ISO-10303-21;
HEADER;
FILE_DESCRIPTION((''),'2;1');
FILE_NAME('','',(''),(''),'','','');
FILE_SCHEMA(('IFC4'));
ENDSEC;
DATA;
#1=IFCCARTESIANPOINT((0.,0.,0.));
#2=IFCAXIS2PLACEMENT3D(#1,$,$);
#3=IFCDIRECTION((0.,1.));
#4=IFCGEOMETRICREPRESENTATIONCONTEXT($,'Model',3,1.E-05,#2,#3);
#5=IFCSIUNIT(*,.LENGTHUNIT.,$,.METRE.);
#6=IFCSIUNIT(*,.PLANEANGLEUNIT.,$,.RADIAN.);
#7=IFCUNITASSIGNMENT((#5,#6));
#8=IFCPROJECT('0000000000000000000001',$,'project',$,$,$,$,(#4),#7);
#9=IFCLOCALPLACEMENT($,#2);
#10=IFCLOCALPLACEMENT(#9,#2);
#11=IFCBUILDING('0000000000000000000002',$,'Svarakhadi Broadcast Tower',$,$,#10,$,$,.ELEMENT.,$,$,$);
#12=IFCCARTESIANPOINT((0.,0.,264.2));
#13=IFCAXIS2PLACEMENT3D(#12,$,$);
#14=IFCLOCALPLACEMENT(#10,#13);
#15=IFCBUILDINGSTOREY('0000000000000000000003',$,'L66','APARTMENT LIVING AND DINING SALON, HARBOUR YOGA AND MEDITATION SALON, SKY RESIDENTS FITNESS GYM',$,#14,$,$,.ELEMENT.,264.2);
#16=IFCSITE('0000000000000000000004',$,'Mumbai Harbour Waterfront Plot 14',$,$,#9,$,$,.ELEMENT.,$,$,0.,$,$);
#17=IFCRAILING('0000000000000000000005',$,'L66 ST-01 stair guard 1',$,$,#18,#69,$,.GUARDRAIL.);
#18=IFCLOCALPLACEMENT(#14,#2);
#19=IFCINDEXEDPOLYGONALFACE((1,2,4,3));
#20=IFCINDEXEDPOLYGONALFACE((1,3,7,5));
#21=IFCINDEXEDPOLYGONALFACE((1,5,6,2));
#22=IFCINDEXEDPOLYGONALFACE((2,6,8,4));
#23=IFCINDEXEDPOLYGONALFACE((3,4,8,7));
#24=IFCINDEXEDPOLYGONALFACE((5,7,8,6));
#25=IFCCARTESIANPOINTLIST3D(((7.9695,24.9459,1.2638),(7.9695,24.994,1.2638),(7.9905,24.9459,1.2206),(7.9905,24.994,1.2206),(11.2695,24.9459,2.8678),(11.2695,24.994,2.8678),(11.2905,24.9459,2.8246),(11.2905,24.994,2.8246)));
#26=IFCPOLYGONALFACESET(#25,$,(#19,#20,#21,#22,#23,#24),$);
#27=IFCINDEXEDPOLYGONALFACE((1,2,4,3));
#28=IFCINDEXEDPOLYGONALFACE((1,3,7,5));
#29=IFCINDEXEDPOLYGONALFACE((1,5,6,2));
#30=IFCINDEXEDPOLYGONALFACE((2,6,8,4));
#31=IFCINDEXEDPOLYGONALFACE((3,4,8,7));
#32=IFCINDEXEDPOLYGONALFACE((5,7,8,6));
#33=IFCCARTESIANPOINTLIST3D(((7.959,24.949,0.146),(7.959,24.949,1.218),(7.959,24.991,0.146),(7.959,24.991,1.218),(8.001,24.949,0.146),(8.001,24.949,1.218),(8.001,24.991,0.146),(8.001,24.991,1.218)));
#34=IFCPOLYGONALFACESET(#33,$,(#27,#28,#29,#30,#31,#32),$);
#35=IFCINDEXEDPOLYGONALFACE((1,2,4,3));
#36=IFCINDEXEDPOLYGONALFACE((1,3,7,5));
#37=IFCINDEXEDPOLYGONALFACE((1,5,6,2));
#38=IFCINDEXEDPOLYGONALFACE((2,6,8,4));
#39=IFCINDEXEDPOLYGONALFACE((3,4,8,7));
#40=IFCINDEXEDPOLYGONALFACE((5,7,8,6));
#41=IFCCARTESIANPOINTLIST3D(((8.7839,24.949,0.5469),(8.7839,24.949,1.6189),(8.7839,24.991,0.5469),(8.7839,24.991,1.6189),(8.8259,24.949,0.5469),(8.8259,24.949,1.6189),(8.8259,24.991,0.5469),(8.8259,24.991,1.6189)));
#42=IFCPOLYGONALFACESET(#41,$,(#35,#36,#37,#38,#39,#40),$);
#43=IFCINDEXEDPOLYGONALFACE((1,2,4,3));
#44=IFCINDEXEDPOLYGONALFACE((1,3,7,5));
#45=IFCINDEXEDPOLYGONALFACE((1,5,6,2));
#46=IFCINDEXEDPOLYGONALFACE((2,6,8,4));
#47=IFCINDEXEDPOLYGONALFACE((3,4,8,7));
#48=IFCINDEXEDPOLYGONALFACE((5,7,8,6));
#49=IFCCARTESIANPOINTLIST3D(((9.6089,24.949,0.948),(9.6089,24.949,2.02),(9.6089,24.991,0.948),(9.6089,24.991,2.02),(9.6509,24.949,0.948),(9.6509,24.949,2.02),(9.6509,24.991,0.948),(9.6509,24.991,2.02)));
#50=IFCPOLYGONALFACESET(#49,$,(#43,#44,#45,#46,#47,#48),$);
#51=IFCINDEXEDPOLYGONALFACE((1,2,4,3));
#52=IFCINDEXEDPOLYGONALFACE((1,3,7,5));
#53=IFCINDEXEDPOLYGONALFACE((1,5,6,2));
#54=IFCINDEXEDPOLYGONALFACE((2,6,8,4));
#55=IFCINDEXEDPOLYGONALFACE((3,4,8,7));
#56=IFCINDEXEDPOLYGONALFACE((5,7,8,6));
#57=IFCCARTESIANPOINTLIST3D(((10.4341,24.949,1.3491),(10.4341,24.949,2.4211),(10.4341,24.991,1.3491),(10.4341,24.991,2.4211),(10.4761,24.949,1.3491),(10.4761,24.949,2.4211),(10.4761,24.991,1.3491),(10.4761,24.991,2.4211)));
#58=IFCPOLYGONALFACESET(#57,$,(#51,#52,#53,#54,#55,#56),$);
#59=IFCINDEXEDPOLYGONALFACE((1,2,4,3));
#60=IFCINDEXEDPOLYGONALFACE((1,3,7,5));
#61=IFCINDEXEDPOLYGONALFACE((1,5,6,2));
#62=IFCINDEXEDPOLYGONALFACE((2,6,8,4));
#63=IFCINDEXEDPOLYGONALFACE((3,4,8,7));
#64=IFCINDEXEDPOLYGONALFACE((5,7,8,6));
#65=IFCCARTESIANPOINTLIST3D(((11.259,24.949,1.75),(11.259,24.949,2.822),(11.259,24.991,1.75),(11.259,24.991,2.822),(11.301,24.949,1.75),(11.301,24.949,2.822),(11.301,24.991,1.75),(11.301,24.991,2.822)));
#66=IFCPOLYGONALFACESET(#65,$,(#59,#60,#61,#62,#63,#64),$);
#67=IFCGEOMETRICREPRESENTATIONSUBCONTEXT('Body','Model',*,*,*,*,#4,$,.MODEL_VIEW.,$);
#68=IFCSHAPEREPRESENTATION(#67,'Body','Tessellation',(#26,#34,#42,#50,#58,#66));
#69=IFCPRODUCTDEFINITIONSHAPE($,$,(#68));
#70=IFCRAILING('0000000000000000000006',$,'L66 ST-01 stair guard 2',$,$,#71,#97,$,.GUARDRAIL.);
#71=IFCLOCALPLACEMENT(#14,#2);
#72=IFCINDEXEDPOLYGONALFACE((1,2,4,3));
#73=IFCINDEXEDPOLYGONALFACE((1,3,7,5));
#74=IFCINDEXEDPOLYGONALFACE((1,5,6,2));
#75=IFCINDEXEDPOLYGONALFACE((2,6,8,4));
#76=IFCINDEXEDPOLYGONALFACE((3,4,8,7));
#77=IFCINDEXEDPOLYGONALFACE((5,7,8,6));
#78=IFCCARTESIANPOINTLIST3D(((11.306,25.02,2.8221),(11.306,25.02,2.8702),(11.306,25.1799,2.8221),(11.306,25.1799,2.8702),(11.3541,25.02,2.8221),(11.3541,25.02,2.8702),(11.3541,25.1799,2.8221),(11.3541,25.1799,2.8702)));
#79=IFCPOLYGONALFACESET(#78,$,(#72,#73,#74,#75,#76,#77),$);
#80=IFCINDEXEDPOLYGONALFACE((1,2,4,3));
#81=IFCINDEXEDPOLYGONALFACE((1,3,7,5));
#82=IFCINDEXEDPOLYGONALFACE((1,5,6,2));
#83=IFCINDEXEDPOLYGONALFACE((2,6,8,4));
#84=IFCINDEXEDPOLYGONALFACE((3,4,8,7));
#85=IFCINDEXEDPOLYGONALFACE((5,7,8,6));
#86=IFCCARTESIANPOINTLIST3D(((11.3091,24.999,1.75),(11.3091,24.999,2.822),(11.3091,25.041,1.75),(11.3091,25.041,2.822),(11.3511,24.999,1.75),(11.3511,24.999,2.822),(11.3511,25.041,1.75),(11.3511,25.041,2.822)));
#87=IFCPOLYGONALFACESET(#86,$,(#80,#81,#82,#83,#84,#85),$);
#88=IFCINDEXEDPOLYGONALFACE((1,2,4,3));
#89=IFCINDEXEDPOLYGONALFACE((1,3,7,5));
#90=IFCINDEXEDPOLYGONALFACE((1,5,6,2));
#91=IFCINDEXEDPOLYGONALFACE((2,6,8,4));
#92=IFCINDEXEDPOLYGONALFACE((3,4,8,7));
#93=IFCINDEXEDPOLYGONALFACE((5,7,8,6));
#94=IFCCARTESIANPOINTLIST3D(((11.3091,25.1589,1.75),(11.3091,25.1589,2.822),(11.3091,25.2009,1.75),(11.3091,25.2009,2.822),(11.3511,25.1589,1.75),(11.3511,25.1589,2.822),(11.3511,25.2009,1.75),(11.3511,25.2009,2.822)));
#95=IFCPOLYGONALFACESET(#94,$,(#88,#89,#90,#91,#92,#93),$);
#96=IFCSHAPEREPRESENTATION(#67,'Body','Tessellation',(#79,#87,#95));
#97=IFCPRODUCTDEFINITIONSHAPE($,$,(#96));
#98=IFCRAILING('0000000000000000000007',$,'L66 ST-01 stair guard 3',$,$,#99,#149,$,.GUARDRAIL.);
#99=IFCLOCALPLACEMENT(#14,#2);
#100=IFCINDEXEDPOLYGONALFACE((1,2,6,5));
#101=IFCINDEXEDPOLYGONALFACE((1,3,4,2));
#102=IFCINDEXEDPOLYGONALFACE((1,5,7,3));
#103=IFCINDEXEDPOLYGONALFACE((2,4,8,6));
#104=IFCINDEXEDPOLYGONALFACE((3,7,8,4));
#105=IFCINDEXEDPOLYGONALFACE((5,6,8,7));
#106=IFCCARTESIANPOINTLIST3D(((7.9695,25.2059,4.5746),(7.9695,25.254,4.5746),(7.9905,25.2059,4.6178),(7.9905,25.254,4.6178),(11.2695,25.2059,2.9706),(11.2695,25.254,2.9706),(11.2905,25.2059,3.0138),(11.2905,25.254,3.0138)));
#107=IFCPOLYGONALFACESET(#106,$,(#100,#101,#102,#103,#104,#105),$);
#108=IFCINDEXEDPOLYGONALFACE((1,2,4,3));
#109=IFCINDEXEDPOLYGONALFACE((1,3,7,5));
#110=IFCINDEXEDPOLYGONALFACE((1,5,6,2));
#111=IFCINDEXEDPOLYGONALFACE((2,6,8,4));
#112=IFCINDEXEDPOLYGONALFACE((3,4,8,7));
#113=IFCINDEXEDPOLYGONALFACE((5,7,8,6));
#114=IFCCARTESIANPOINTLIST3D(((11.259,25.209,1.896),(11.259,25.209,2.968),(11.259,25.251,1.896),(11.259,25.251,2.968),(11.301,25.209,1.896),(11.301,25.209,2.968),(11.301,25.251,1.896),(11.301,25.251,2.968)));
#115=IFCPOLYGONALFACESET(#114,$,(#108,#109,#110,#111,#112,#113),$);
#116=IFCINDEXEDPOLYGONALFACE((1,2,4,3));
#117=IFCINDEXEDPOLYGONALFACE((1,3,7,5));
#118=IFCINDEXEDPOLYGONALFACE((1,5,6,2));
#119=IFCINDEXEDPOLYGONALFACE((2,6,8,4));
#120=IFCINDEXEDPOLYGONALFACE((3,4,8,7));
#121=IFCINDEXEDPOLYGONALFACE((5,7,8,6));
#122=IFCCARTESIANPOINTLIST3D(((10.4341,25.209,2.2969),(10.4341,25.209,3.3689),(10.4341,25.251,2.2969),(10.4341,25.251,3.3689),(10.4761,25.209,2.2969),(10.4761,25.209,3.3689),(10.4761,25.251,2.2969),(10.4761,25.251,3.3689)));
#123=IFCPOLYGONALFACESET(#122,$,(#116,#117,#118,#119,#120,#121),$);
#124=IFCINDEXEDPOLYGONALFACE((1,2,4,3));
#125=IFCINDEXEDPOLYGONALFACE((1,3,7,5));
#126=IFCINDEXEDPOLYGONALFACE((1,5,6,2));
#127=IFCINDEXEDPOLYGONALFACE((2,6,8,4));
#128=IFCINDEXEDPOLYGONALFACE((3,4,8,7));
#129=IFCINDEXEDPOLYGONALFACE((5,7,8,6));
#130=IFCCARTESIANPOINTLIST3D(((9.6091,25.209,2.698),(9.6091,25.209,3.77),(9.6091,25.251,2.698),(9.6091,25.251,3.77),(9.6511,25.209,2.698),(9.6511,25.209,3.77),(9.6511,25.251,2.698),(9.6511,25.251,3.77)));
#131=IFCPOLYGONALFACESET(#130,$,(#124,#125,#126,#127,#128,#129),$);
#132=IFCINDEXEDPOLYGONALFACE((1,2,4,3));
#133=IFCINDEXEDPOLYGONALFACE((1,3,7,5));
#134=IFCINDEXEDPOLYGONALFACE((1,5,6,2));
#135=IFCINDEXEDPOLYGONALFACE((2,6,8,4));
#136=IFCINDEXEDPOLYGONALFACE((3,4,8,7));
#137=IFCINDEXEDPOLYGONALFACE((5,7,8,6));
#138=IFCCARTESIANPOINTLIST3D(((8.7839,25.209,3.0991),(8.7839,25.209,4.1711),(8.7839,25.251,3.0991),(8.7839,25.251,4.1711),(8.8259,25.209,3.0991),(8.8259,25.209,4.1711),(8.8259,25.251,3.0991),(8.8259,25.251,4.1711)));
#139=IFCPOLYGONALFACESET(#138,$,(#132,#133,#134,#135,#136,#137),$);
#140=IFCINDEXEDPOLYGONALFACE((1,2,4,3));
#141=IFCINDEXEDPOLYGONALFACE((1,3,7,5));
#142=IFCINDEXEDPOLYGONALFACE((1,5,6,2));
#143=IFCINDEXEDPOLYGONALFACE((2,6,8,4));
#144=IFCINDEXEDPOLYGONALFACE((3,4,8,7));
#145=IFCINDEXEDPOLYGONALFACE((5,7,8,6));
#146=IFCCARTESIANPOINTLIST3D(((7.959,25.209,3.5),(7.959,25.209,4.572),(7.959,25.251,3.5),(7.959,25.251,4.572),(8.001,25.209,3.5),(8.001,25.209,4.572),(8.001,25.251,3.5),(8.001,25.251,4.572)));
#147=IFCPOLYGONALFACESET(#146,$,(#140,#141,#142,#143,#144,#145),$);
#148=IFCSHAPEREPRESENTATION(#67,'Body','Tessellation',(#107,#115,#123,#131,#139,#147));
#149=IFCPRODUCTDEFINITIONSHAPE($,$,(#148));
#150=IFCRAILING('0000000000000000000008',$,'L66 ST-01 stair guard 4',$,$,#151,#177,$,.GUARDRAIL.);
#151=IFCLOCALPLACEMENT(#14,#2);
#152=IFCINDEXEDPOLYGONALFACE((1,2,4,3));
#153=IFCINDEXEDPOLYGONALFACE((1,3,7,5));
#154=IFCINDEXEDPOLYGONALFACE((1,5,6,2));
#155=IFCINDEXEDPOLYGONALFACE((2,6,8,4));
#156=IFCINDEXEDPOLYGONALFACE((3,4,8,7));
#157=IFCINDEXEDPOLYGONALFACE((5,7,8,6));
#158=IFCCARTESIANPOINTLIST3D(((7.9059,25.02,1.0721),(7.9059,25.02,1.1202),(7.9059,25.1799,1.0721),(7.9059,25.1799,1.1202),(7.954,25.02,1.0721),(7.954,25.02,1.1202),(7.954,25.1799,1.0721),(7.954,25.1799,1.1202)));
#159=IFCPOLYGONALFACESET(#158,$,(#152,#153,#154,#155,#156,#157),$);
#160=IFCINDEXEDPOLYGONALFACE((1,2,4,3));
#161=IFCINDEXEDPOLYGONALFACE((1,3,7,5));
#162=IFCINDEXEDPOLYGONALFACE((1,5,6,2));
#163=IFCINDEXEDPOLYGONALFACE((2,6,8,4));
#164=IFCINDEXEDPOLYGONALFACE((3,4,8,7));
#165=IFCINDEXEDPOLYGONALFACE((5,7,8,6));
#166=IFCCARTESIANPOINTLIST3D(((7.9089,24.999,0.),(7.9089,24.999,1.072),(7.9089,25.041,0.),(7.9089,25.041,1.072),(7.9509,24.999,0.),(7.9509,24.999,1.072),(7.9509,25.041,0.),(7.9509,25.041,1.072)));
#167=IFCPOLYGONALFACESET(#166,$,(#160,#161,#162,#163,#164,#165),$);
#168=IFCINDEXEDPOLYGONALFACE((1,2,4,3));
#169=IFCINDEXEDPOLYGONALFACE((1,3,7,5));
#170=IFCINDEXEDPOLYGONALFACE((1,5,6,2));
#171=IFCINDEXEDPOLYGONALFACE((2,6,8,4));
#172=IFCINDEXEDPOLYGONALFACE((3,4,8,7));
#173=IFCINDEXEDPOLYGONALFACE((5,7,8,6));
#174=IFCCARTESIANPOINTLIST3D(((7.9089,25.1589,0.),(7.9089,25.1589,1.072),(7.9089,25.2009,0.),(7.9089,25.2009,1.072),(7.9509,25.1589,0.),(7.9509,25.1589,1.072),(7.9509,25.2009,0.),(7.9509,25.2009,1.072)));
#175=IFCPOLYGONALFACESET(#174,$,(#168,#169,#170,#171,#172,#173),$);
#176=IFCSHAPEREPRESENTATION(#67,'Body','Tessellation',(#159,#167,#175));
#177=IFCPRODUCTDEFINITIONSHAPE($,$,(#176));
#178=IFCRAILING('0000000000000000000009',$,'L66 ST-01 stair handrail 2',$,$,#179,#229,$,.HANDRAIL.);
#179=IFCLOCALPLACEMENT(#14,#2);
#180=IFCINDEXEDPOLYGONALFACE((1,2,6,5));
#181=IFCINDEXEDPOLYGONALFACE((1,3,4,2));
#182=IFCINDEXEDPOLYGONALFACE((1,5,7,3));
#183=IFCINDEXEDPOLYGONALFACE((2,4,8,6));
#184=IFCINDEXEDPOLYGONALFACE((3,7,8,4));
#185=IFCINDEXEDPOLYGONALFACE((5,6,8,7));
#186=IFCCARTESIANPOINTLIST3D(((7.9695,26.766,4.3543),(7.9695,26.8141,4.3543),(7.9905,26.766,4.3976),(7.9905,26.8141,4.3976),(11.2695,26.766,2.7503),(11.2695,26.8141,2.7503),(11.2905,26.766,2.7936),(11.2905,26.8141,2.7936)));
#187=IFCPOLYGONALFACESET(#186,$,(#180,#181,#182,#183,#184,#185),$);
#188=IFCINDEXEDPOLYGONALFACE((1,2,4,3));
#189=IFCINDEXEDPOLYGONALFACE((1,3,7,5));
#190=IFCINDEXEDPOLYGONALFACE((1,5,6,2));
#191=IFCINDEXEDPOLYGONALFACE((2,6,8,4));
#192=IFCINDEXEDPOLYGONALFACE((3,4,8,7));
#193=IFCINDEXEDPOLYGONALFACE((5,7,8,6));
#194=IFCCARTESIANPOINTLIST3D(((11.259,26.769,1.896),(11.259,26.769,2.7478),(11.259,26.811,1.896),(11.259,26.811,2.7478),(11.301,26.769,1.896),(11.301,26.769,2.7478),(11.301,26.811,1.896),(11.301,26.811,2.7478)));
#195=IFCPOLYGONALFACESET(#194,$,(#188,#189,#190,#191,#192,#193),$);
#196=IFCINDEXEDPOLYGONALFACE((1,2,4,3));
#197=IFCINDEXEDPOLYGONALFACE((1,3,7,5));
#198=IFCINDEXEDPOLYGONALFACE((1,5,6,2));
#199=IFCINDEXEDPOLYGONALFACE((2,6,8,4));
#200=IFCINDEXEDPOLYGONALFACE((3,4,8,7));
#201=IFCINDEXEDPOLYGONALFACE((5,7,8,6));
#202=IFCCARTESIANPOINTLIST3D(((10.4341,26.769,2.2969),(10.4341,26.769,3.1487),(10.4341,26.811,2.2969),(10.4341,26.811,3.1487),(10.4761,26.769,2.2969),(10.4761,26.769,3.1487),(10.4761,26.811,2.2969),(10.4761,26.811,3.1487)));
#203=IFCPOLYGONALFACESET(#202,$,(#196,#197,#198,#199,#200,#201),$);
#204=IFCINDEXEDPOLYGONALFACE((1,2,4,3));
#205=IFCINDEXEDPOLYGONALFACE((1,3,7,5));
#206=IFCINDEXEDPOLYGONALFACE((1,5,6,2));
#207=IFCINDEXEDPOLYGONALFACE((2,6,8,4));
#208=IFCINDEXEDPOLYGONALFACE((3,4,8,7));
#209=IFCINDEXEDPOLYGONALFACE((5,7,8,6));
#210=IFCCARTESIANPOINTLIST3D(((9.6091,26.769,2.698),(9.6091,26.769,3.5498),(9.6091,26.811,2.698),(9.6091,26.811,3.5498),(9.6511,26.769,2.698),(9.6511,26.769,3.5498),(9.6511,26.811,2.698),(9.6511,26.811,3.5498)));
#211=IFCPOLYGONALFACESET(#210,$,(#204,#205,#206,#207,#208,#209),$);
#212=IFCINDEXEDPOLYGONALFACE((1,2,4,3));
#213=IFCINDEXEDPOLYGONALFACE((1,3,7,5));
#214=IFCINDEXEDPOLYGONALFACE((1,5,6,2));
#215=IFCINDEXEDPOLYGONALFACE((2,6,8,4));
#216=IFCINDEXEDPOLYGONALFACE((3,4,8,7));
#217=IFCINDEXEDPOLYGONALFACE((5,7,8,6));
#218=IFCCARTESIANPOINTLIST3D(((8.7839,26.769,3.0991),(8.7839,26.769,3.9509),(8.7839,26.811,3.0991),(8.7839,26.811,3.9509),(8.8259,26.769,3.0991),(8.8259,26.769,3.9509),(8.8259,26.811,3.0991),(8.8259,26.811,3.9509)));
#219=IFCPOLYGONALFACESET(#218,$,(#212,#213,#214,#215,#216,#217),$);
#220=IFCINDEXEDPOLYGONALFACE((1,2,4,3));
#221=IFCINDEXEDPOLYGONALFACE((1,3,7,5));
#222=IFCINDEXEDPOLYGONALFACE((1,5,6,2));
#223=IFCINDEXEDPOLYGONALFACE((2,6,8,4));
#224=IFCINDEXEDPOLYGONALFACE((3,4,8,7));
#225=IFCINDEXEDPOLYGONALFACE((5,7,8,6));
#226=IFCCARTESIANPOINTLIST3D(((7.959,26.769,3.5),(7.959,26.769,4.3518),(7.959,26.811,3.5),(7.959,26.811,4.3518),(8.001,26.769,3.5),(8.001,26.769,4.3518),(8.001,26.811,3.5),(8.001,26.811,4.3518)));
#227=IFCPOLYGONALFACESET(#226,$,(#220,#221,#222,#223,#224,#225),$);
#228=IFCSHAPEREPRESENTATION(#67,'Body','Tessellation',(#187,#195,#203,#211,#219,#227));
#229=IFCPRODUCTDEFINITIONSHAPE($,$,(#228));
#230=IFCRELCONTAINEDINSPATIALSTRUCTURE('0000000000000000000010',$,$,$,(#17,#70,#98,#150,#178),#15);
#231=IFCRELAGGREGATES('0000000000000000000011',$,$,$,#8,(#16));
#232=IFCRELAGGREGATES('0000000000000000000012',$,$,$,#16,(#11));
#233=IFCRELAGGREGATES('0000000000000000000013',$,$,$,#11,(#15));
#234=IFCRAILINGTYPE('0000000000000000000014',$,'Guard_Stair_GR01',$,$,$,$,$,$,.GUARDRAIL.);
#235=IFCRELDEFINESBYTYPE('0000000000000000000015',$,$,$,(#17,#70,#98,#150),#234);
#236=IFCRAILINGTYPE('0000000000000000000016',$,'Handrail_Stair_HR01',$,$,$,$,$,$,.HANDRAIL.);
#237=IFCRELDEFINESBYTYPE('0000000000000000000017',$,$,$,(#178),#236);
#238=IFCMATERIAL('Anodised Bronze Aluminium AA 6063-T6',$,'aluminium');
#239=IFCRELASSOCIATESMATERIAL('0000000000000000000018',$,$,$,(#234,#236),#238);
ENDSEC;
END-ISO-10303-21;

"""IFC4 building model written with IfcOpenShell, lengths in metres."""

from ifc_helpers import new_model, si_unit, direction, frame, origin, origin_2d, place, context, subcontext, project, spatial, rectangle, extrude, material, type_object, element, save


model = new_model("IFC4")

# Units and contexts
model_context = context("Model", 3, precision=1e-05, world=origin(), true_north=direction((0.0, 1.0)))
body_context = subcontext(model_context, "Body", "Model", "MODEL_VIEW")
ifc_project = project(units=[si_unit("LENGTHUNIT", "METRE"), si_unit("PLANEANGLEUNIT", "RADIAN")], contexts=[model_context])

# Site, building, storey
site_placement = place(None, origin())
site = spatial("IfcSite", under=ifc_project, at=site_placement, Name="Mumbai Harbour Waterfront Plot 14", CompositionType="ELEMENT", RefElevation=0.0)
building_placement = place(site_placement, origin())
building = spatial("IfcBuilding", under=site, at=building_placement, Name="Svarakhadi Broadcast Tower", CompositionType="ELEMENT")
storey_placement = place(building_placement, frame((0.0, 0.0, 264.2)))
storey = spatial("IfcBuildingStorey", under=building, at=storey_placement, Name="L66", Description="APARTMENT LIVING AND DINING SALON, HARBOUR YOGA AND MEDITATION SALON, SKY RESIDENTS FITNESS GYM", CompositionType="ELEMENT", Elevation=264.2)

# Shared definitions
ifc_material_1 = material(Name="Anodised Bronze Aluminium AA 6063-T6", Category="aluminium")

# Railings
railing_type_1 = type_object("IfcRailingType", Name="Guard_Stair_GR01", PredefinedType="GUARDRAIL", material=ifc_material_1)
railing_1_placement = place(storey_placement, frame((7.98, 24.97, 0.146)))
element("IfcRailing", 1, at=railing_1_placement, inside=storey, type_object=railing_type_1, Name="L66 ST-01 stair guard 1", PredefinedType="GUARDRAIL", context=body_context, shape_type="SweptSolid", body=[
    extrude(rectangle(XDim=0.0481, YDim=0.0481, at=origin_2d()), frame((0.0, 0.0, 1.0962), z_axis=(0.899388, 0.0, 0.437152), x_axis=(0.0, 1.0, 0.0)), (0.0, 0.0, 1.0), 3.6692),
    extrude(rectangle(XDim=0.042, YDim=0.042, at=origin_2d()), origin(), (0.0, 0.0, 1.0), 1.072),
    extrude(rectangle(XDim=0.042, YDim=0.042, at=origin_2d()), frame((0.825, 0.0, 0.4009)), (0.0, 0.0, 1.0), 1.072),
    extrude(rectangle(XDim=0.042, YDim=0.042, at=origin_2d()), frame((1.6499, 0.0, 0.802)), (0.0, 0.0, 1.0), 1.072),
    extrude(rectangle(XDim=0.042, YDim=0.042, at=origin_2d()), frame((2.4751, 0.0, 1.2031)), (0.0, 0.0, 1.0), 1.072),
    extrude(rectangle(XDim=0.042, YDim=0.042, at=origin_2d()), frame((3.3, 0.0, 1.604)), (0.0, 0.0, 1.0), 1.072),
])
railing_2_placement = place(storey_placement, frame((11.3301, 25.02, 1.75)))
element("IfcRailing", 2, at=railing_2_placement, inside=storey, type_object=railing_type_1, Name="L66 ST-01 stair guard 2", PredefinedType="GUARDRAIL", context=body_context, shape_type="SweptSolid", body=[
    extrude(rectangle(XDim=0.0481, YDim=0.0481, at=origin_2d()), frame((0.0, 0.0, 1.0962), z_axis=(0.0, 1.0, 0.0), x_axis=(-1.0, 0.0, 0.0)), (0.0, 0.0, 1.0), 0.1599),
    extrude(rectangle(XDim=0.042, YDim=0.042, at=origin_2d()), origin(), (0.0, 0.0, 1.0), 1.072),
    extrude(rectangle(XDim=0.042, YDim=0.042, at=origin_2d()), frame((0.0, 0.1599, 0.0)), (0.0, 0.0, 1.0), 1.072),
])
railing_3_placement = place(storey_placement, frame((11.28, 25.23, 1.896)))
element("IfcRailing", 3, at=railing_3_placement, inside=storey, type_object=railing_type_1, Name="L66 ST-01 stair guard 3", PredefinedType="GUARDRAIL", context=body_context, shape_type="SweptSolid", body=[
    extrude(rectangle(XDim=0.0481, YDim=0.0481, at=origin_2d()), frame((0.0, 0.0, 1.0962), z_axis=(-0.899388, 0.0, 0.437152), x_axis=(0.0, -1.0, 0.0)), (0.0, 0.0, 1.0), 3.6692),
    extrude(rectangle(XDim=0.042, YDim=0.042, at=origin_2d()), origin(), (0.0, 0.0, 1.0), 1.072),
    extrude(rectangle(XDim=0.042, YDim=0.042, at=origin_2d()), frame((-0.825, 0.0, 0.4009)), (0.0, 0.0, 1.0), 1.072),
    extrude(rectangle(XDim=0.042, YDim=0.042, at=origin_2d()), frame((-1.6499, 0.0, 0.802)), (0.0, 0.0, 1.0), 1.072),
    extrude(rectangle(XDim=0.042, YDim=0.042, at=origin_2d()), frame((-2.4751, 0.0, 1.2031)), (0.0, 0.0, 1.0), 1.072),
    extrude(rectangle(XDim=0.042, YDim=0.042, at=origin_2d()), frame((-3.3, 0.0, 1.604)), (0.0, 0.0, 1.0), 1.072),
])
railing_4_placement = place(storey_placement, frame((7.9299, 25.02, 0.0)))
element("IfcRailing", 4, at=railing_4_placement, inside=storey, type_object=railing_type_1, Name="L66 ST-01 stair guard 4", PredefinedType="GUARDRAIL", context=body_context, shape_type="SweptSolid", body=[
    extrude(rectangle(XDim=0.0481, YDim=0.0481, at=origin_2d()), frame((0.0, 0.0, 1.0962), z_axis=(0.0, 1.0, 0.0), x_axis=(-1.0, 0.0, 0.0)), (0.0, 0.0, 1.0), 0.1599),
    extrude(rectangle(XDim=0.042, YDim=0.042, at=origin_2d()), origin(), (0.0, 0.0, 1.0), 1.072),
    extrude(rectangle(XDim=0.042, YDim=0.042, at=origin_2d()), frame((0.0, 0.1599, 0.0)), (0.0, 0.0, 1.0), 1.072),
])
railing_type_2 = type_object("IfcRailingType", Name="Handrail_Stair_HR01", PredefinedType="HANDRAIL", material=ifc_material_1)
railing_5_placement = place(storey_placement, frame((11.28, 26.79, 1.896)))
element("IfcRailing", 5, at=railing_5_placement, inside=storey, type_object=railing_type_2, Name="L66 ST-01 stair handrail 2", PredefinedType="HANDRAIL", context=body_context, shape_type="SweptSolid", body=[
    extrude(rectangle(XDim=0.0481, YDim=0.0481, at=origin_2d()), frame((0.0, 0.0, 0.876), z_axis=(-0.899388, 0.0, 0.437152), x_axis=(0.0, -1.0, 0.0)), (0.0, 0.0, 1.0), 3.6692),
    extrude(rectangle(XDim=0.042, YDim=0.042, at=origin_2d()), origin(), (0.0, 0.0, 1.0), 0.8518),
    extrude(rectangle(XDim=0.042, YDim=0.042, at=origin_2d()), frame((-0.825, 0.0, 0.4009)), (0.0, 0.0, 1.0), 0.8518),
    extrude(rectangle(XDim=0.042, YDim=0.042, at=origin_2d()), frame((-1.6499, 0.0, 0.802)), (0.0, 0.0, 1.0), 0.8518),
    extrude(rectangle(XDim=0.042, YDim=0.042, at=origin_2d()), frame((-2.4751, 0.0, 1.2031)), (0.0, 0.0, 1.0), 0.8518),
    extrude(rectangle(XDim=0.042, YDim=0.042, at=origin_2d()), frame((-3.3, 0.0, 1.604)), (0.0, 0.0, 1.0), 0.8518),
])

save(model, "model.ifc")
